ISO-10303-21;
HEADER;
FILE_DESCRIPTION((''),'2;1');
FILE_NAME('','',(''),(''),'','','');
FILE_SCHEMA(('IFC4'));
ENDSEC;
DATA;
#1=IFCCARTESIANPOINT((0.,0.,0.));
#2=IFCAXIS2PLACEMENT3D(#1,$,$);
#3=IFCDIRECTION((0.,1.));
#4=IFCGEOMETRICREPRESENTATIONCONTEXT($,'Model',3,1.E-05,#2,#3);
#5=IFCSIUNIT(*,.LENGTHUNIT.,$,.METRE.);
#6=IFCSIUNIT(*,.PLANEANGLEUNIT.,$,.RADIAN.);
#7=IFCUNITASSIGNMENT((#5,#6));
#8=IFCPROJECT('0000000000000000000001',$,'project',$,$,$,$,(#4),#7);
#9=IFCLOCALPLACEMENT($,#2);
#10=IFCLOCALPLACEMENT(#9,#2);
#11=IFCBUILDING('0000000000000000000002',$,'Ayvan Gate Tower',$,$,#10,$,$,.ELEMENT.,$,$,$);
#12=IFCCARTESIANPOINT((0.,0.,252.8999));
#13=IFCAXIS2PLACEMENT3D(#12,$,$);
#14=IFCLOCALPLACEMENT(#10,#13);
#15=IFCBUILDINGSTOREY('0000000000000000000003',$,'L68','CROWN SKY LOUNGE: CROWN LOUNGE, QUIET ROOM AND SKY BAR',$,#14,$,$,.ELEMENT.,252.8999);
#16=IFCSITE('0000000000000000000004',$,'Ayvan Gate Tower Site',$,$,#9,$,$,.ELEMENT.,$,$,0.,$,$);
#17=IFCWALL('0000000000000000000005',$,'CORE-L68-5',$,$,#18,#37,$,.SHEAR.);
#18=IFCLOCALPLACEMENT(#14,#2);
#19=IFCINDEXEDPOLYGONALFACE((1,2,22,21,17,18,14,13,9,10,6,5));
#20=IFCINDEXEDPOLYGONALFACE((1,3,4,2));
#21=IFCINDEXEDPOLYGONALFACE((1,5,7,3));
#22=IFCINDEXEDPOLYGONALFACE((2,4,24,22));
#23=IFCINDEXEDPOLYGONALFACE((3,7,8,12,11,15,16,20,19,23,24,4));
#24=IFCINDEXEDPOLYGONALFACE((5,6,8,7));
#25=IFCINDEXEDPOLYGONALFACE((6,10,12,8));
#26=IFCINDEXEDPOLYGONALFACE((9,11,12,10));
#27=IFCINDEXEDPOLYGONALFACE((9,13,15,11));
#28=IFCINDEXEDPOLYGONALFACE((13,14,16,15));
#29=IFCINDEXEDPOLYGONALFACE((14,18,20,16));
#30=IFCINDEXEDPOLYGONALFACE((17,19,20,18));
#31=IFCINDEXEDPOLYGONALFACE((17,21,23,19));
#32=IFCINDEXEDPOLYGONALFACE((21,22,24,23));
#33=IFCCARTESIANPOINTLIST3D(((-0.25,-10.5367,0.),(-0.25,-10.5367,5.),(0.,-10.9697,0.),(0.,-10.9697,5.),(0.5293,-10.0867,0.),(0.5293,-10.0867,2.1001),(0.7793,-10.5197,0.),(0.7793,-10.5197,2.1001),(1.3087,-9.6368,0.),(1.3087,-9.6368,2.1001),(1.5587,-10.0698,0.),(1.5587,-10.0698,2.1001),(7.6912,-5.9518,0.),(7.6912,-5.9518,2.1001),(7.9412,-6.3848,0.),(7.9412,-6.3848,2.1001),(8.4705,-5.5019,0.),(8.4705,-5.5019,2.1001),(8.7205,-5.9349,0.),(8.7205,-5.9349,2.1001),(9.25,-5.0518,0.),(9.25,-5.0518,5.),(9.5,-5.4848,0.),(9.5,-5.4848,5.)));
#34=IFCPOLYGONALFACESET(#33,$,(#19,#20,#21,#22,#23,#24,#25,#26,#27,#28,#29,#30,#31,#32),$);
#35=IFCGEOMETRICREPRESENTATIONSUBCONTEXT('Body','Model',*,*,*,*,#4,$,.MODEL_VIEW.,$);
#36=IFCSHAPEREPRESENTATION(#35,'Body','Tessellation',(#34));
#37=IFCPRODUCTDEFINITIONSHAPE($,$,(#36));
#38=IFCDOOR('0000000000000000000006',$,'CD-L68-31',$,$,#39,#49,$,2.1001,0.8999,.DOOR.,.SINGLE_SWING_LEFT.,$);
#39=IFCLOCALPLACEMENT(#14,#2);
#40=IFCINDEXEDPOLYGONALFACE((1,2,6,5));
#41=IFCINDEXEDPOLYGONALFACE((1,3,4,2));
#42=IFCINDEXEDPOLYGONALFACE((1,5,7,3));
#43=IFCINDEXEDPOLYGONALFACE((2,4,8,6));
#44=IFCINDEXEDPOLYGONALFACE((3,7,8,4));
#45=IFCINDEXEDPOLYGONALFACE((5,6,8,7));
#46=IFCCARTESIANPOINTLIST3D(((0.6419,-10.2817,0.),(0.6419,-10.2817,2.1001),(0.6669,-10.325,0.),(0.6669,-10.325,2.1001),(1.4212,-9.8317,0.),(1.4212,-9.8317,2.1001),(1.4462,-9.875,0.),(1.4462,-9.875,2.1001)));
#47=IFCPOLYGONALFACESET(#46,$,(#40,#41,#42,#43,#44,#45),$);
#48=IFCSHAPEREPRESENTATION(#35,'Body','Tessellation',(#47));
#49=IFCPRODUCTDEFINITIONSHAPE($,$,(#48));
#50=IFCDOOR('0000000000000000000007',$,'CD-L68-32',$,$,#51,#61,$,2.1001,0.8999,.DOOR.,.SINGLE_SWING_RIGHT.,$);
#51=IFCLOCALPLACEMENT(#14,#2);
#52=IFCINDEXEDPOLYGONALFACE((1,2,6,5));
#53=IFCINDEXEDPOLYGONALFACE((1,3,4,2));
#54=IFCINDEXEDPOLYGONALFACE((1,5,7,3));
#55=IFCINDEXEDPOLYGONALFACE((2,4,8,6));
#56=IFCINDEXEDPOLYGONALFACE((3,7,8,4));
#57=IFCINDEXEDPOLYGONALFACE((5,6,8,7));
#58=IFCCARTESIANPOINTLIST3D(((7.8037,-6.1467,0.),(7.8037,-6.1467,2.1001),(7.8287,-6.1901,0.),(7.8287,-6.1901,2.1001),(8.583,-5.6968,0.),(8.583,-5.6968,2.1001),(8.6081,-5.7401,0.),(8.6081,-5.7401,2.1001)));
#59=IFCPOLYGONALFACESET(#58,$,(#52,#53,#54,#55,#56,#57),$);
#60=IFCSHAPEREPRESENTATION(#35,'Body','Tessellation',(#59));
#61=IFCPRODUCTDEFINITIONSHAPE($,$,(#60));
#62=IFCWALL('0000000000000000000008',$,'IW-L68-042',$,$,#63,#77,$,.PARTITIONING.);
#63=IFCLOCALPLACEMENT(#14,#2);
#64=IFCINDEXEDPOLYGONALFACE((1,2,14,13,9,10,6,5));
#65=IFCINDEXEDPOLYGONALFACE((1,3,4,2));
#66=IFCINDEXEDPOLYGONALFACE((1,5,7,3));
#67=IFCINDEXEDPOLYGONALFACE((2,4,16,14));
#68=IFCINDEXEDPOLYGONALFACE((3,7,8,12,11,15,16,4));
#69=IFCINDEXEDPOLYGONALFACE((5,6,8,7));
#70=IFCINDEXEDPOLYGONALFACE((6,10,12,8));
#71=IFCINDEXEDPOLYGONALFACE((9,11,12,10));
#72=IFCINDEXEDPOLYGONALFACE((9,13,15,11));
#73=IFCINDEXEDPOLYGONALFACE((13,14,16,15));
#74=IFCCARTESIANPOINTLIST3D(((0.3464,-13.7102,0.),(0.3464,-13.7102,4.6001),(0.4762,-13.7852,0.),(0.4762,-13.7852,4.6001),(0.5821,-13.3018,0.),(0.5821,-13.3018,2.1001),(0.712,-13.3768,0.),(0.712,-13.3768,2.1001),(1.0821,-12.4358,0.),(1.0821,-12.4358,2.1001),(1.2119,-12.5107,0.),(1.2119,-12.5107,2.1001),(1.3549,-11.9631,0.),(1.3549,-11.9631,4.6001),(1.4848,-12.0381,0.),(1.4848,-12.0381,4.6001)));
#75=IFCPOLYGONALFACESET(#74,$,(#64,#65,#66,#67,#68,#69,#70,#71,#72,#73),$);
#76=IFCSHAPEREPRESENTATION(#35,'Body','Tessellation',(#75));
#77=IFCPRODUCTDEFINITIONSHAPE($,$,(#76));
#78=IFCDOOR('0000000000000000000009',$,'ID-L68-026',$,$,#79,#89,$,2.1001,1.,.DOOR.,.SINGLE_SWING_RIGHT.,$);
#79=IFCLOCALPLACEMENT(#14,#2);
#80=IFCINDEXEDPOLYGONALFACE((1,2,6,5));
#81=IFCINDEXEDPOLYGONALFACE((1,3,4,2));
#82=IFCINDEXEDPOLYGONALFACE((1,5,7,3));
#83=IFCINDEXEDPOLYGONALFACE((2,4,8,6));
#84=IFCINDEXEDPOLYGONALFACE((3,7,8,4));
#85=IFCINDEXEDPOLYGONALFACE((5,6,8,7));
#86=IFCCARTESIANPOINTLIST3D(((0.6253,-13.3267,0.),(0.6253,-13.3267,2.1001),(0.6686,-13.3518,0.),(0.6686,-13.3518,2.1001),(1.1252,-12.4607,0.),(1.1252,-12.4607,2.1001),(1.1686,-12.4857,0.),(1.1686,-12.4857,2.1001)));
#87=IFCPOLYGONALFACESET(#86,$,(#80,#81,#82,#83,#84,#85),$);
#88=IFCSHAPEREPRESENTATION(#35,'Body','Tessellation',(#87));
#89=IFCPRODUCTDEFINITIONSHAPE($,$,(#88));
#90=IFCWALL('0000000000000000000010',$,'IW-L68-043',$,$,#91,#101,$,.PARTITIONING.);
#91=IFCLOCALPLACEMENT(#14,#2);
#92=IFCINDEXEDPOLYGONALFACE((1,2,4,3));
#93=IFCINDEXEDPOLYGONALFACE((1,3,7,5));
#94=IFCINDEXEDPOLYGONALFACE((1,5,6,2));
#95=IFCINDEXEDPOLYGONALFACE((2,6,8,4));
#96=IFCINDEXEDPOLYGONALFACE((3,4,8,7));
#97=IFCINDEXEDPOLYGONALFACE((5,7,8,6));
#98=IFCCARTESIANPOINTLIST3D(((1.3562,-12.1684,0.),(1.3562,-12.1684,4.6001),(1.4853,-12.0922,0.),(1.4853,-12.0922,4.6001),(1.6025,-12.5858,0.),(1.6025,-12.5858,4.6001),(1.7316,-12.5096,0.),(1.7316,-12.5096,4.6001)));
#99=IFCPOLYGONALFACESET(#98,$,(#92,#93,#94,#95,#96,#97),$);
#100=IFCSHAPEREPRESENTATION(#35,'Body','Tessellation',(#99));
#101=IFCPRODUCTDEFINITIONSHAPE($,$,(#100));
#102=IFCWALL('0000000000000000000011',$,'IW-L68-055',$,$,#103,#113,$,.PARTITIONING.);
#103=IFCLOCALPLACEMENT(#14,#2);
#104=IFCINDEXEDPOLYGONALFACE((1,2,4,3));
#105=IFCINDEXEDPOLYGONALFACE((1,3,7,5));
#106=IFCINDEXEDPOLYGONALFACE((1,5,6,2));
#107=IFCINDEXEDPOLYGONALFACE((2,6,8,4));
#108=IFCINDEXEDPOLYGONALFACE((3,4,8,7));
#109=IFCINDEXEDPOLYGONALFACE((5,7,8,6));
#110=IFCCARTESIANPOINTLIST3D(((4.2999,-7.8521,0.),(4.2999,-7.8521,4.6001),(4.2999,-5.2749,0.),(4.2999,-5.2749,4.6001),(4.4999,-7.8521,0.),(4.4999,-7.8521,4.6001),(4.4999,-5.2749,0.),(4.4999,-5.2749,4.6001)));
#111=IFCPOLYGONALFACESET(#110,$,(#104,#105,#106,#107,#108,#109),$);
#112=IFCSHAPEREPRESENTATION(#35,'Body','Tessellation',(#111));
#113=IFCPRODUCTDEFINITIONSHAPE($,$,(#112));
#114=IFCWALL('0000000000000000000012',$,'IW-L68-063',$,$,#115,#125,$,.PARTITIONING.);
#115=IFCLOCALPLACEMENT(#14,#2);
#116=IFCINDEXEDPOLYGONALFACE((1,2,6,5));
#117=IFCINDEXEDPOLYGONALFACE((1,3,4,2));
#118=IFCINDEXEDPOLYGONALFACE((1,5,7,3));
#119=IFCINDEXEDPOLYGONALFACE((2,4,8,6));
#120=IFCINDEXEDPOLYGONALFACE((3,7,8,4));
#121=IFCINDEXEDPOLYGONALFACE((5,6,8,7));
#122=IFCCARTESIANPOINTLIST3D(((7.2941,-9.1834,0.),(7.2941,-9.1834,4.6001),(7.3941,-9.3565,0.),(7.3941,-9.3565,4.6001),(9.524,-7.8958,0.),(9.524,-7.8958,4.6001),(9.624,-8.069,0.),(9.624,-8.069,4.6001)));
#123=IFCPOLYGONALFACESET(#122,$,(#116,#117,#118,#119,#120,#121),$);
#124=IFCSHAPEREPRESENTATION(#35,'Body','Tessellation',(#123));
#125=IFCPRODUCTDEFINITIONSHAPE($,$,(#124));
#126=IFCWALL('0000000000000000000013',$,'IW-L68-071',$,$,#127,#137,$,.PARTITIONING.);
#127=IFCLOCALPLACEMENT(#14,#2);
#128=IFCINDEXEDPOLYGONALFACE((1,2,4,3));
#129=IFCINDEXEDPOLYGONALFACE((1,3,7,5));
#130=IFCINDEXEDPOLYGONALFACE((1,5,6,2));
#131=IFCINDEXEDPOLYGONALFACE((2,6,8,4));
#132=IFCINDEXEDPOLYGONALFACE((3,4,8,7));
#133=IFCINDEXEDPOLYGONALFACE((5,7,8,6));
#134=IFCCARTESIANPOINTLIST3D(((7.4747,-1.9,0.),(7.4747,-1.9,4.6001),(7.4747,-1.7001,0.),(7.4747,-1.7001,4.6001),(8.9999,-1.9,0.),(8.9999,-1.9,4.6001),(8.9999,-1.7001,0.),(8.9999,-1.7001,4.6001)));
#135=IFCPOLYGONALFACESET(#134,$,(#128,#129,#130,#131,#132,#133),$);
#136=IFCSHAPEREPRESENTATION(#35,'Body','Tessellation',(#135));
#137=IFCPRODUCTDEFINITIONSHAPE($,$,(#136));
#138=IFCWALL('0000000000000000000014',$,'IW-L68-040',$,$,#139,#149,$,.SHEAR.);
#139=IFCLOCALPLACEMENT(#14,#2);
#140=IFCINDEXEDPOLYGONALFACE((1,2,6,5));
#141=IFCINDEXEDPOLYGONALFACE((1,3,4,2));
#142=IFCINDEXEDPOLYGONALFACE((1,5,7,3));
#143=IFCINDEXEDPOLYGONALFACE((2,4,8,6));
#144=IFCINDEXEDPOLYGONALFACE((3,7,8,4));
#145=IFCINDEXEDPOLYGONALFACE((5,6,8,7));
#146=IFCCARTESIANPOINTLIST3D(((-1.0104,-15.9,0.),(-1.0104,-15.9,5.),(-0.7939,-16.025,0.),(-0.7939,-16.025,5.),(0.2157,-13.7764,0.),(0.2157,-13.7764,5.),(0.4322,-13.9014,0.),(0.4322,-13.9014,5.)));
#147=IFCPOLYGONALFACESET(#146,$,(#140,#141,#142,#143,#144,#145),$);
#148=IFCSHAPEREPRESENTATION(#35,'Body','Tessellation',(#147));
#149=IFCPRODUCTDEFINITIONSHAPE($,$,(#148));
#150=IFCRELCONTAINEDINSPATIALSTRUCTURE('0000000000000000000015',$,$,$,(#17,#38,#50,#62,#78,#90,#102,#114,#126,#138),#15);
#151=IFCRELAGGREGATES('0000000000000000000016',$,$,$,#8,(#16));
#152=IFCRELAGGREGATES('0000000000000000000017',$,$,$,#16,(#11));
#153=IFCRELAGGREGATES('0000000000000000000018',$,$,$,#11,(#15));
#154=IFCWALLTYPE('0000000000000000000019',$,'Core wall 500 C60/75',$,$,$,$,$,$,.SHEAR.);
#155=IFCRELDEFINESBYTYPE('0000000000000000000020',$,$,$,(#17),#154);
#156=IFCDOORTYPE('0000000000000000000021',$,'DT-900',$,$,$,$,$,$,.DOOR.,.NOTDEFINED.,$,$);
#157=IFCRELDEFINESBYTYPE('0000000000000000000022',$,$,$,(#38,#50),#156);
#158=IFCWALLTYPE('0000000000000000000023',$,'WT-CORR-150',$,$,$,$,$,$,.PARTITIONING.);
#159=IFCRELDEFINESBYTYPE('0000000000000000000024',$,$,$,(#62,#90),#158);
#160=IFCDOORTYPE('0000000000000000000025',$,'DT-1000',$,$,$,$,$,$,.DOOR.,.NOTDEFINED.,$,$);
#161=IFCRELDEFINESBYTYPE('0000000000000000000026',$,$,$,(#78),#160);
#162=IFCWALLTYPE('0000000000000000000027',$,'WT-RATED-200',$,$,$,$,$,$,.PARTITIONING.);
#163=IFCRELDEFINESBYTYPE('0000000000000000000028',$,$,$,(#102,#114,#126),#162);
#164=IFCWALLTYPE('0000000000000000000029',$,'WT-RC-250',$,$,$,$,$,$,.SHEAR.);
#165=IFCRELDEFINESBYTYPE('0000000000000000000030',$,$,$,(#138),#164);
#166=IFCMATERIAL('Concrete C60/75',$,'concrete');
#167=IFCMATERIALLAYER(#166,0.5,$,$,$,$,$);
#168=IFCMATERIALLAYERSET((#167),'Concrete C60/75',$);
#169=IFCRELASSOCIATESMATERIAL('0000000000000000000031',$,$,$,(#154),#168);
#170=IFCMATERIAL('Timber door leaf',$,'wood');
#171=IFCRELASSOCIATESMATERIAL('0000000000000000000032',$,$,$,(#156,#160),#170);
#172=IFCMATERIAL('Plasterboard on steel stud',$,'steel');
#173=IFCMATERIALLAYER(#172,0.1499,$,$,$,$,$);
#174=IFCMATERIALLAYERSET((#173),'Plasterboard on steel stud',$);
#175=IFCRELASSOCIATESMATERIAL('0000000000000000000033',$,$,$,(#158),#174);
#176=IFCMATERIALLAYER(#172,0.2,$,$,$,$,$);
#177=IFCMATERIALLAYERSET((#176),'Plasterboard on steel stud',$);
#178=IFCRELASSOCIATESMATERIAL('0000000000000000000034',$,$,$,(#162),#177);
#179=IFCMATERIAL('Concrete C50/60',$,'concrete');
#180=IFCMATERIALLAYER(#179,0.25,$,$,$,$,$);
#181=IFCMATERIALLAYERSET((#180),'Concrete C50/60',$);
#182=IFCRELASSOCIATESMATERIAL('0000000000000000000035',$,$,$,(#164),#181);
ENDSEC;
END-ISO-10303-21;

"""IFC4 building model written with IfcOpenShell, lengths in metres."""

from ifc_helpers import new_model, si_unit, direction, frame, frame_2d, origin, place, context, subcontext, project, spatial, rectangle, extrude, material, layer, layer_set, type_object, element, fill, save


model = new_model("IFC4")

# Units and contexts
model_context = context("Model", 3, precision=1e-05, world=origin(), true_north=direction((0.0, 1.0)))
body_context = subcontext(model_context, "Body", "Model", "MODEL_VIEW")
ifc_project = project(units=[si_unit("LENGTHUNIT", "METRE"), si_unit("PLANEANGLEUNIT", "RADIAN")], contexts=[model_context])

# Site, building, storey
site_placement = place(None, origin())
site = spatial("IfcSite", under=ifc_project, at=site_placement, Name="Ayvan Gate Tower Site", CompositionType="ELEMENT", RefElevation=0.0)
building_placement = place(site_placement, origin())
building = spatial("IfcBuilding", under=site, at=building_placement, Name="Ayvan Gate Tower", CompositionType="ELEMENT")
storey_placement = place(building_placement, frame((0.0, 0.0, 252.8999)))
storey = spatial("IfcBuildingStorey", under=building, at=storey_placement, Name="L68", Description="CROWN SKY LOUNGE: CROWN LOUNGE, QUIET ROOM AND SKY BAR", CompositionType="ELEMENT", Elevation=252.8999)

# Wall, openings, doors
ifc_material_1 = material(Name="Concrete C60/75", Category="concrete")
ifc_layer_1 = layer(ifc_material_1, 0.5)
ifc_layer_set_1 = layer_set([ifc_layer_1], Name="Concrete C60/75")
wall_type_1 = type_object("IfcWallType", Name="Core wall 500 C60/75", PredefinedType="SHEAR", material=ifc_layer_set_1)
wall_1_placement = place(storey_placement, frame((-0.125, -10.7532, 0.0), z_axis=(0.0, 0.0, 1.0), x_axis=(0.866024, 0.500002, 0.0)))
wall_1 = element("IfcWall", 1, at=wall_1_placement, inside=storey, type_object=wall_type_1, Name="CORE-L68-5", PredefinedType="SHEAR", context=body_context, shape_type="SweptSolid", body=[
    extrude(rectangle(XDim=10.9697, YDim=0.5, at=frame_2d((5.4849, 0.0))), origin(), (0.0, 0.0, 1.0), 5.0),
])
opening_1_placement = place(wall_1_placement, frame((0.8999, 0.0, 0.0)))
opening_1 = element("IfcOpeningElement", 2, at=opening_1_placement, cuts=wall_1, PredefinedType="OPENING", context=body_context, shape_type="SweptSolid", body=[
    extrude(rectangle(XDim=0.8999, YDim=2.1001, at=frame_2d((0.45, 1.05))), frame((0.0, 0.26, 0.0), z_axis=(0.0, -1.0, 0.0), x_axis=(1.0, 0.0, 0.0)), (0.0, 0.0, 1.0), 0.52),
])
opening_2_placement = place(wall_1_placement, frame((9.1697, 0.0, 0.0)))
opening_2 = element("IfcOpeningElement", 3, at=opening_2_placement, cuts=wall_1, PredefinedType="OPENING", context=body_context, shape_type="SweptSolid", body=[
    extrude(rectangle(XDim=0.8999, YDim=2.1001, at=frame_2d((0.45, 1.05))), frame((0.0, 0.26, 0.0), z_axis=(0.0, -1.0, 0.0), x_axis=(1.0, 0.0, 0.0)), (0.0, 0.0, 1.0), 0.52),
])
ifc_material_2 = material(Name="Timber door leaf", Category="wood")
door_type_1 = type_object("IfcDoorType", Name="DT-900", OperationType="NOTDEFINED", PredefinedType="DOOR", material=ifc_material_2)
door_1_placement = place(opening_1_placement, origin())
door_1 = element("IfcDoor", 4, at=door_1_placement, inside=storey, type_object=door_type_1, Name="CD-L68-31", OperationType="SINGLE_SWING_LEFT", OverallHeight=2.1001, OverallWidth=0.8999, PredefinedType="DOOR", context=body_context, shape_type="SweptSolid", body=[
    extrude(rectangle(XDim=0.8999, YDim=2.1001, at=frame_2d((0.45, 1.05))), frame((0.0, 0.0249, 0.0), z_axis=(0.0, -1.0, 0.0), x_axis=(1.0, 0.0, 0.0)), (0.0, 0.0, 1.0), 0.05),
])
fill(opening_1, door_1)
door_2_placement = place(opening_2_placement, origin())
door_2 = element("IfcDoor", 5, at=door_2_placement, inside=storey, type_object=door_type_1, Name="CD-L68-32", OperationType="SINGLE_SWING_RIGHT", OverallHeight=2.1001, OverallWidth=0.8999, PredefinedType="DOOR", context=body_context, shape_type="SweptSolid", body=[
    extrude(rectangle(XDim=0.8999, YDim=2.1001, at=frame_2d((0.45, 1.05))), frame((0.0, 0.0249, 0.0), z_axis=(0.0, -1.0, 0.0), x_axis=(1.0, 0.0, 0.0)), (0.0, 0.0, 1.0), 0.05),
])
fill(opening_2, door_2)

# Wall, opening, door
ifc_material_3 = material(Name="Plasterboard on steel stud", Category="steel")
ifc_layer_2 = layer(ifc_material_3, 0.1499)
ifc_layer_set_2 = layer_set([ifc_layer_2], Name="Plasterboard on steel stud")
wall_type_2 = type_object("IfcWallType", Name="WT-CORR-150", PredefinedType="PARTITIONING", material=ifc_layer_set_2)
wall_2_placement = place(storey_placement, frame((1.4199, -12.0005, 0.0), z_axis=(0.0, 0.0, 1.0), x_axis=(-0.499953, -0.866053, 0.0)))
wall_2 = element("IfcWall", 6, at=wall_2_placement, inside=storey, type_object=wall_type_2, Name="IW-L68-042", PredefinedType="PARTITIONING", context=body_context, shape_type="SweptSolid", body=[
    extrude(rectangle(XDim=2.0173, YDim=0.1499, at=frame_2d((1.0088, 0.0))), origin(), (0.0, 0.0, 1.0), 4.6001),
])
opening_3_placement = place(wall_2_placement, frame((0.5459, 0.0, 0.0)))
opening_3 = element("IfcOpeningElement", 7, at=opening_3_placement, cuts=wall_2, PredefinedType="OPENING", context=body_context, shape_type="SweptSolid", body=[
    extrude(rectangle(XDim=1.0, YDim=2.1001, at=frame_2d((0.5, 1.05))), frame((0.0, 0.085, 0.0), z_axis=(0.0, -1.0, 0.0), x_axis=(1.0, 0.0, 0.0)), (0.0, 0.0, 1.0), 0.1699),
])
door_type_2 = type_object("IfcDoorType", Name="DT-1000", OperationType="NOTDEFINED", PredefinedType="DOOR", material=ifc_material_2)
door_3_placement = place(opening_3_placement, origin())
door_3 = element("IfcDoor", 8, at=door_3_placement, inside=storey, type_object=door_type_2, Name="ID-L68-026", OperationType="SINGLE_SWING_RIGHT", OverallHeight=2.1001, OverallWidth=1.0, PredefinedType="DOOR", context=body_context, shape_type="SweptSolid", body=[
    extrude(rectangle(XDim=1.0, YDim=2.1001, at=frame_2d((0.5, 1.05))), frame((0.0, 0.0249, 0.0), z_axis=(0.0, -1.0, 0.0), x_axis=(1.0, 0.0, 0.0)), (0.0, 0.0, 1.0), 0.05),
])
fill(opening_3, door_3)

# Walls
wall_3_placement = place(storey_placement, frame((1.667, -12.5476, 0.0), z_axis=(0.0, 0.0, 1.0), x_axis=(-0.508186, 0.861247, 0.0)))
element("IfcWall", 9, at=wall_3_placement, inside=storey, type_object=wall_type_2, Name="IW-L68-043", PredefinedType="PARTITIONING", context=body_context, shape_type="SweptSolid", body=[
    extrude(rectangle(XDim=0.4846, YDim=0.1499, at=frame_2d((0.2422, 0.0))), origin(), (0.0, 0.0, 1.0), 4.6001),
])
ifc_layer_3 = layer(ifc_material_3, 0.2)
ifc_layer_set_3 = layer_set([ifc_layer_3], Name="Plasterboard on steel stud")
wall_type_3 = type_object("IfcWallType", Name="WT-RATED-200", PredefinedType="PARTITIONING", material=ifc_layer_set_3)
wall_4_placement = place(storey_placement, frame((4.3999, -5.2749, 0.0), z_axis=(0.0, 0.0, 1.0), x_axis=(0.0, -1.0, 0.0)))
element("IfcWall", 10, at=wall_4_placement, inside=storey, type_object=wall_type_3, Name="IW-L68-055", PredefinedType="PARTITIONING", context=body_context, shape_type="SweptSolid", body=[
    extrude(rectangle(XDim=2.5771, YDim=0.2, at=frame_2d((1.2886, 0.0))), origin(), (0.0, 0.0, 1.0), 4.6001),
])
wall_5_placement = place(storey_placement, frame((7.344, -9.27, 0.0), z_axis=(0.0, 0.0, 1.0), x_axis=(0.866006, 0.500034, 0.0)))
element("IfcWall", 11, at=wall_5_placement, inside=storey, type_object=wall_type_3, Name="IW-L68-063", PredefinedType="PARTITIONING", context=body_context, shape_type="SweptSolid", body=[
    extrude(rectangle(XDim=2.575, YDim=0.2, at=frame_2d((1.2876, 0.0))), origin(), (0.0, 0.0, 1.0), 4.6001),
])
wall_6_placement = place(storey_placement, frame((9.0, -1.8, 0.0), z_axis=(0.0, 0.0, 1.0), x_axis=(-1.0, 0.0, 0.0)))
element("IfcWall", 12, at=wall_6_placement, inside=storey, type_object=wall_type_3, Name="IW-L68-071", PredefinedType="PARTITIONING", context=body_context, shape_type="SweptSolid", body=[
    extrude(rectangle(XDim=1.5251, YDim=0.2, at=frame_2d((0.7627, 0.0))), origin(), (0.0, 0.0, 1.0), 4.6001),
])
ifc_material_4 = material(Name="Concrete C50/60", Category="concrete")
ifc_layer_4 = layer(ifc_material_4, 0.25)
ifc_layer_set_4 = layer_set([ifc_layer_4], Name="Concrete C50/60")
wall_type_4 = type_object("IfcWallType", Name="WT-RC-250", PredefinedType="SHEAR", material=ifc_layer_set_4)
wall_7_placement = place(storey_placement, frame((0.324, -13.8389, 0.0), z_axis=(0.0, 0.0, 1.0), x_axis=(-0.500015, -0.866016, 0.0)))
element("IfcWall", 13, at=wall_7_placement, inside=storey, type_object=wall_type_4, Name="IW-L68-040", PredefinedType="SHEAR", context=body_context, shape_type="SweptSolid", body=[
    extrude(rectangle(XDim=2.4521, YDim=0.25, at=frame_2d((1.2261, 0.0))), origin(), (0.0, 0.0, 1.0), 5.0),
])

save(model, "model.ifc")
